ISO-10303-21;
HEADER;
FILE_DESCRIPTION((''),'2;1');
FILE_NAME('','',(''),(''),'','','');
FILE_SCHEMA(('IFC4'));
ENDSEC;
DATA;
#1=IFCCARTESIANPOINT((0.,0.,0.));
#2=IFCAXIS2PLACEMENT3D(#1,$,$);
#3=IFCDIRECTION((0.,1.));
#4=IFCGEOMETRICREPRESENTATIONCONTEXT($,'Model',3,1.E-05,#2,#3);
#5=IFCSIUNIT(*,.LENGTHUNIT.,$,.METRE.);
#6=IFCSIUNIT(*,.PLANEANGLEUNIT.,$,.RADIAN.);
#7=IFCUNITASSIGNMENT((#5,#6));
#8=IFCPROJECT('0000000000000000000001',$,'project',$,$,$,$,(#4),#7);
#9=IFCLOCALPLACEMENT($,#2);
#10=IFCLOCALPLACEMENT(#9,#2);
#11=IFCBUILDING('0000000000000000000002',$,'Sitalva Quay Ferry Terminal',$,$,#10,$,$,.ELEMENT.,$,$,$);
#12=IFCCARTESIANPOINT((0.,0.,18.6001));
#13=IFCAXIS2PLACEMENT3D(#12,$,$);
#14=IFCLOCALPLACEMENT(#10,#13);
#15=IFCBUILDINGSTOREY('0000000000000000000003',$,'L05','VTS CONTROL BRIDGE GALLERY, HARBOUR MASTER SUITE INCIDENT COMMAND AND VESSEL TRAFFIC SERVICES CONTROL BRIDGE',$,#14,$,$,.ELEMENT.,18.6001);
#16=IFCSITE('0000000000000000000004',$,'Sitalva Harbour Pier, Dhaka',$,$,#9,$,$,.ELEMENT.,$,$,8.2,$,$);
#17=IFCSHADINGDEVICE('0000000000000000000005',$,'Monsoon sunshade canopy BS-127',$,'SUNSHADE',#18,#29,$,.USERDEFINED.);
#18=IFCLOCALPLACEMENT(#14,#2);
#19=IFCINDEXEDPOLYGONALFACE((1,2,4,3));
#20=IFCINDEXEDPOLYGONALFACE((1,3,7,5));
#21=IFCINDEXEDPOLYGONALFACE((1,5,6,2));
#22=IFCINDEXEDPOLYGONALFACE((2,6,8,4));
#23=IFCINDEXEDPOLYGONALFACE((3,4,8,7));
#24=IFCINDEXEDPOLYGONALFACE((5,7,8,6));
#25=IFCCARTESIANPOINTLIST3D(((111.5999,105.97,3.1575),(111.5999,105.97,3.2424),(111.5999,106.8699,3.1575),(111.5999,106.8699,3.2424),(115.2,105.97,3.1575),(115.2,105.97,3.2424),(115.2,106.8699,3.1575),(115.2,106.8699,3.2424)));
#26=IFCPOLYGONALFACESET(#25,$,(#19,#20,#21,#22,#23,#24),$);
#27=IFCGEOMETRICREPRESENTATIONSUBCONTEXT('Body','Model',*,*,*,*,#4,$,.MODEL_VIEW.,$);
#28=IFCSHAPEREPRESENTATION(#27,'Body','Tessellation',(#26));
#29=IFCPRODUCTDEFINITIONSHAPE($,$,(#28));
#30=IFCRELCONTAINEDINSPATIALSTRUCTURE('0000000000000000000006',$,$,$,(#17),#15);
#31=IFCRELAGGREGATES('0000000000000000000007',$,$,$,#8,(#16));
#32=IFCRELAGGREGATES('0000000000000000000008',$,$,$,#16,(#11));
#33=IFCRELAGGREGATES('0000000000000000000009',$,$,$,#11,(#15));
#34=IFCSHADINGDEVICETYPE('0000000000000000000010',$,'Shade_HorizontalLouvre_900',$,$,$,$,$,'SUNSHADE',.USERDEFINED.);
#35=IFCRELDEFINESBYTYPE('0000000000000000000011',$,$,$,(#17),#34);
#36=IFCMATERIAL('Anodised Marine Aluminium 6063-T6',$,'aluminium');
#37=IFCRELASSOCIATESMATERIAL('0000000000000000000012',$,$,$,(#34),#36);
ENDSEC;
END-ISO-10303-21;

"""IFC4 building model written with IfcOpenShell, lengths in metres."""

from ifc_helpers import new_model, si_unit, direction, frame, origin, origin_2d, place, context, subcontext, project, spatial, rectangle, extrude, material, type_object, element, save


model = new_model("IFC4")

# Units and contexts
model_context = context("Model", 3, precision=1e-05, world=origin(), true_north=direction((0.0, 1.0)))
body_context = subcontext(model_context, "Body", "Model", "MODEL_VIEW")
ifc_project = project(units=[si_unit("LENGTHUNIT", "METRE"), si_unit("PLANEANGLEUNIT", "RADIAN")], contexts=[model_context])

# Site, building, storey
site_placement = place(None, origin())
site = spatial("IfcSite", under=ifc_project, at=site_placement, Name="Sitalva Harbour Pier, Dhaka", CompositionType="ELEMENT", RefElevation=8.2)
building_placement = place(site_placement, origin())
building = spatial("IfcBuilding", under=site, at=building_placement, Name="Sitalva Quay Ferry Terminal", CompositionType="ELEMENT")
storey_placement = place(building_placement, frame((0.0, 0.0, 18.6001)))
storey = spatial("IfcBuildingStorey", under=building, at=storey_placement, Name="L05", Description="VTS CONTROL BRIDGE GALLERY, HARBOUR MASTER SUITE INCIDENT COMMAND AND VESSEL TRAFFIC SERVICES CONTROL BRIDGE", CompositionType="ELEMENT", Elevation=18.6001)

# Shading device
ifc_material_1 = material(Name="Anodised Marine Aluminium 6063-T6", Category="aluminium")
shading_device_type = type_object("IfcShadingDeviceType", Name="Shade_HorizontalLouvre_900", ElementType="SUNSHADE", PredefinedType="USERDEFINED", material=ifc_material_1)
shading_device_placement = place(storey_placement, frame((113.3999, 106.4199, 3.1575), z_axis=(0.0, 0.0, 1.0), x_axis=(1.0, 0.0, 0.0)))
element("IfcShadingDevice", 1, at=shading_device_placement, inside=storey, type_object=shading_device_type, Name="Monsoon sunshade canopy BS-127", ObjectType="SUNSHADE", PredefinedType="USERDEFINED", context=body_context, shape_type="SweptSolid", body=[
    extrude(rectangle(XDim=3.6001, YDim=0.8999, at=origin_2d()), origin(), (0.0, 0.0, 1.0), 0.085),
])

save(model, "model.ifc")
